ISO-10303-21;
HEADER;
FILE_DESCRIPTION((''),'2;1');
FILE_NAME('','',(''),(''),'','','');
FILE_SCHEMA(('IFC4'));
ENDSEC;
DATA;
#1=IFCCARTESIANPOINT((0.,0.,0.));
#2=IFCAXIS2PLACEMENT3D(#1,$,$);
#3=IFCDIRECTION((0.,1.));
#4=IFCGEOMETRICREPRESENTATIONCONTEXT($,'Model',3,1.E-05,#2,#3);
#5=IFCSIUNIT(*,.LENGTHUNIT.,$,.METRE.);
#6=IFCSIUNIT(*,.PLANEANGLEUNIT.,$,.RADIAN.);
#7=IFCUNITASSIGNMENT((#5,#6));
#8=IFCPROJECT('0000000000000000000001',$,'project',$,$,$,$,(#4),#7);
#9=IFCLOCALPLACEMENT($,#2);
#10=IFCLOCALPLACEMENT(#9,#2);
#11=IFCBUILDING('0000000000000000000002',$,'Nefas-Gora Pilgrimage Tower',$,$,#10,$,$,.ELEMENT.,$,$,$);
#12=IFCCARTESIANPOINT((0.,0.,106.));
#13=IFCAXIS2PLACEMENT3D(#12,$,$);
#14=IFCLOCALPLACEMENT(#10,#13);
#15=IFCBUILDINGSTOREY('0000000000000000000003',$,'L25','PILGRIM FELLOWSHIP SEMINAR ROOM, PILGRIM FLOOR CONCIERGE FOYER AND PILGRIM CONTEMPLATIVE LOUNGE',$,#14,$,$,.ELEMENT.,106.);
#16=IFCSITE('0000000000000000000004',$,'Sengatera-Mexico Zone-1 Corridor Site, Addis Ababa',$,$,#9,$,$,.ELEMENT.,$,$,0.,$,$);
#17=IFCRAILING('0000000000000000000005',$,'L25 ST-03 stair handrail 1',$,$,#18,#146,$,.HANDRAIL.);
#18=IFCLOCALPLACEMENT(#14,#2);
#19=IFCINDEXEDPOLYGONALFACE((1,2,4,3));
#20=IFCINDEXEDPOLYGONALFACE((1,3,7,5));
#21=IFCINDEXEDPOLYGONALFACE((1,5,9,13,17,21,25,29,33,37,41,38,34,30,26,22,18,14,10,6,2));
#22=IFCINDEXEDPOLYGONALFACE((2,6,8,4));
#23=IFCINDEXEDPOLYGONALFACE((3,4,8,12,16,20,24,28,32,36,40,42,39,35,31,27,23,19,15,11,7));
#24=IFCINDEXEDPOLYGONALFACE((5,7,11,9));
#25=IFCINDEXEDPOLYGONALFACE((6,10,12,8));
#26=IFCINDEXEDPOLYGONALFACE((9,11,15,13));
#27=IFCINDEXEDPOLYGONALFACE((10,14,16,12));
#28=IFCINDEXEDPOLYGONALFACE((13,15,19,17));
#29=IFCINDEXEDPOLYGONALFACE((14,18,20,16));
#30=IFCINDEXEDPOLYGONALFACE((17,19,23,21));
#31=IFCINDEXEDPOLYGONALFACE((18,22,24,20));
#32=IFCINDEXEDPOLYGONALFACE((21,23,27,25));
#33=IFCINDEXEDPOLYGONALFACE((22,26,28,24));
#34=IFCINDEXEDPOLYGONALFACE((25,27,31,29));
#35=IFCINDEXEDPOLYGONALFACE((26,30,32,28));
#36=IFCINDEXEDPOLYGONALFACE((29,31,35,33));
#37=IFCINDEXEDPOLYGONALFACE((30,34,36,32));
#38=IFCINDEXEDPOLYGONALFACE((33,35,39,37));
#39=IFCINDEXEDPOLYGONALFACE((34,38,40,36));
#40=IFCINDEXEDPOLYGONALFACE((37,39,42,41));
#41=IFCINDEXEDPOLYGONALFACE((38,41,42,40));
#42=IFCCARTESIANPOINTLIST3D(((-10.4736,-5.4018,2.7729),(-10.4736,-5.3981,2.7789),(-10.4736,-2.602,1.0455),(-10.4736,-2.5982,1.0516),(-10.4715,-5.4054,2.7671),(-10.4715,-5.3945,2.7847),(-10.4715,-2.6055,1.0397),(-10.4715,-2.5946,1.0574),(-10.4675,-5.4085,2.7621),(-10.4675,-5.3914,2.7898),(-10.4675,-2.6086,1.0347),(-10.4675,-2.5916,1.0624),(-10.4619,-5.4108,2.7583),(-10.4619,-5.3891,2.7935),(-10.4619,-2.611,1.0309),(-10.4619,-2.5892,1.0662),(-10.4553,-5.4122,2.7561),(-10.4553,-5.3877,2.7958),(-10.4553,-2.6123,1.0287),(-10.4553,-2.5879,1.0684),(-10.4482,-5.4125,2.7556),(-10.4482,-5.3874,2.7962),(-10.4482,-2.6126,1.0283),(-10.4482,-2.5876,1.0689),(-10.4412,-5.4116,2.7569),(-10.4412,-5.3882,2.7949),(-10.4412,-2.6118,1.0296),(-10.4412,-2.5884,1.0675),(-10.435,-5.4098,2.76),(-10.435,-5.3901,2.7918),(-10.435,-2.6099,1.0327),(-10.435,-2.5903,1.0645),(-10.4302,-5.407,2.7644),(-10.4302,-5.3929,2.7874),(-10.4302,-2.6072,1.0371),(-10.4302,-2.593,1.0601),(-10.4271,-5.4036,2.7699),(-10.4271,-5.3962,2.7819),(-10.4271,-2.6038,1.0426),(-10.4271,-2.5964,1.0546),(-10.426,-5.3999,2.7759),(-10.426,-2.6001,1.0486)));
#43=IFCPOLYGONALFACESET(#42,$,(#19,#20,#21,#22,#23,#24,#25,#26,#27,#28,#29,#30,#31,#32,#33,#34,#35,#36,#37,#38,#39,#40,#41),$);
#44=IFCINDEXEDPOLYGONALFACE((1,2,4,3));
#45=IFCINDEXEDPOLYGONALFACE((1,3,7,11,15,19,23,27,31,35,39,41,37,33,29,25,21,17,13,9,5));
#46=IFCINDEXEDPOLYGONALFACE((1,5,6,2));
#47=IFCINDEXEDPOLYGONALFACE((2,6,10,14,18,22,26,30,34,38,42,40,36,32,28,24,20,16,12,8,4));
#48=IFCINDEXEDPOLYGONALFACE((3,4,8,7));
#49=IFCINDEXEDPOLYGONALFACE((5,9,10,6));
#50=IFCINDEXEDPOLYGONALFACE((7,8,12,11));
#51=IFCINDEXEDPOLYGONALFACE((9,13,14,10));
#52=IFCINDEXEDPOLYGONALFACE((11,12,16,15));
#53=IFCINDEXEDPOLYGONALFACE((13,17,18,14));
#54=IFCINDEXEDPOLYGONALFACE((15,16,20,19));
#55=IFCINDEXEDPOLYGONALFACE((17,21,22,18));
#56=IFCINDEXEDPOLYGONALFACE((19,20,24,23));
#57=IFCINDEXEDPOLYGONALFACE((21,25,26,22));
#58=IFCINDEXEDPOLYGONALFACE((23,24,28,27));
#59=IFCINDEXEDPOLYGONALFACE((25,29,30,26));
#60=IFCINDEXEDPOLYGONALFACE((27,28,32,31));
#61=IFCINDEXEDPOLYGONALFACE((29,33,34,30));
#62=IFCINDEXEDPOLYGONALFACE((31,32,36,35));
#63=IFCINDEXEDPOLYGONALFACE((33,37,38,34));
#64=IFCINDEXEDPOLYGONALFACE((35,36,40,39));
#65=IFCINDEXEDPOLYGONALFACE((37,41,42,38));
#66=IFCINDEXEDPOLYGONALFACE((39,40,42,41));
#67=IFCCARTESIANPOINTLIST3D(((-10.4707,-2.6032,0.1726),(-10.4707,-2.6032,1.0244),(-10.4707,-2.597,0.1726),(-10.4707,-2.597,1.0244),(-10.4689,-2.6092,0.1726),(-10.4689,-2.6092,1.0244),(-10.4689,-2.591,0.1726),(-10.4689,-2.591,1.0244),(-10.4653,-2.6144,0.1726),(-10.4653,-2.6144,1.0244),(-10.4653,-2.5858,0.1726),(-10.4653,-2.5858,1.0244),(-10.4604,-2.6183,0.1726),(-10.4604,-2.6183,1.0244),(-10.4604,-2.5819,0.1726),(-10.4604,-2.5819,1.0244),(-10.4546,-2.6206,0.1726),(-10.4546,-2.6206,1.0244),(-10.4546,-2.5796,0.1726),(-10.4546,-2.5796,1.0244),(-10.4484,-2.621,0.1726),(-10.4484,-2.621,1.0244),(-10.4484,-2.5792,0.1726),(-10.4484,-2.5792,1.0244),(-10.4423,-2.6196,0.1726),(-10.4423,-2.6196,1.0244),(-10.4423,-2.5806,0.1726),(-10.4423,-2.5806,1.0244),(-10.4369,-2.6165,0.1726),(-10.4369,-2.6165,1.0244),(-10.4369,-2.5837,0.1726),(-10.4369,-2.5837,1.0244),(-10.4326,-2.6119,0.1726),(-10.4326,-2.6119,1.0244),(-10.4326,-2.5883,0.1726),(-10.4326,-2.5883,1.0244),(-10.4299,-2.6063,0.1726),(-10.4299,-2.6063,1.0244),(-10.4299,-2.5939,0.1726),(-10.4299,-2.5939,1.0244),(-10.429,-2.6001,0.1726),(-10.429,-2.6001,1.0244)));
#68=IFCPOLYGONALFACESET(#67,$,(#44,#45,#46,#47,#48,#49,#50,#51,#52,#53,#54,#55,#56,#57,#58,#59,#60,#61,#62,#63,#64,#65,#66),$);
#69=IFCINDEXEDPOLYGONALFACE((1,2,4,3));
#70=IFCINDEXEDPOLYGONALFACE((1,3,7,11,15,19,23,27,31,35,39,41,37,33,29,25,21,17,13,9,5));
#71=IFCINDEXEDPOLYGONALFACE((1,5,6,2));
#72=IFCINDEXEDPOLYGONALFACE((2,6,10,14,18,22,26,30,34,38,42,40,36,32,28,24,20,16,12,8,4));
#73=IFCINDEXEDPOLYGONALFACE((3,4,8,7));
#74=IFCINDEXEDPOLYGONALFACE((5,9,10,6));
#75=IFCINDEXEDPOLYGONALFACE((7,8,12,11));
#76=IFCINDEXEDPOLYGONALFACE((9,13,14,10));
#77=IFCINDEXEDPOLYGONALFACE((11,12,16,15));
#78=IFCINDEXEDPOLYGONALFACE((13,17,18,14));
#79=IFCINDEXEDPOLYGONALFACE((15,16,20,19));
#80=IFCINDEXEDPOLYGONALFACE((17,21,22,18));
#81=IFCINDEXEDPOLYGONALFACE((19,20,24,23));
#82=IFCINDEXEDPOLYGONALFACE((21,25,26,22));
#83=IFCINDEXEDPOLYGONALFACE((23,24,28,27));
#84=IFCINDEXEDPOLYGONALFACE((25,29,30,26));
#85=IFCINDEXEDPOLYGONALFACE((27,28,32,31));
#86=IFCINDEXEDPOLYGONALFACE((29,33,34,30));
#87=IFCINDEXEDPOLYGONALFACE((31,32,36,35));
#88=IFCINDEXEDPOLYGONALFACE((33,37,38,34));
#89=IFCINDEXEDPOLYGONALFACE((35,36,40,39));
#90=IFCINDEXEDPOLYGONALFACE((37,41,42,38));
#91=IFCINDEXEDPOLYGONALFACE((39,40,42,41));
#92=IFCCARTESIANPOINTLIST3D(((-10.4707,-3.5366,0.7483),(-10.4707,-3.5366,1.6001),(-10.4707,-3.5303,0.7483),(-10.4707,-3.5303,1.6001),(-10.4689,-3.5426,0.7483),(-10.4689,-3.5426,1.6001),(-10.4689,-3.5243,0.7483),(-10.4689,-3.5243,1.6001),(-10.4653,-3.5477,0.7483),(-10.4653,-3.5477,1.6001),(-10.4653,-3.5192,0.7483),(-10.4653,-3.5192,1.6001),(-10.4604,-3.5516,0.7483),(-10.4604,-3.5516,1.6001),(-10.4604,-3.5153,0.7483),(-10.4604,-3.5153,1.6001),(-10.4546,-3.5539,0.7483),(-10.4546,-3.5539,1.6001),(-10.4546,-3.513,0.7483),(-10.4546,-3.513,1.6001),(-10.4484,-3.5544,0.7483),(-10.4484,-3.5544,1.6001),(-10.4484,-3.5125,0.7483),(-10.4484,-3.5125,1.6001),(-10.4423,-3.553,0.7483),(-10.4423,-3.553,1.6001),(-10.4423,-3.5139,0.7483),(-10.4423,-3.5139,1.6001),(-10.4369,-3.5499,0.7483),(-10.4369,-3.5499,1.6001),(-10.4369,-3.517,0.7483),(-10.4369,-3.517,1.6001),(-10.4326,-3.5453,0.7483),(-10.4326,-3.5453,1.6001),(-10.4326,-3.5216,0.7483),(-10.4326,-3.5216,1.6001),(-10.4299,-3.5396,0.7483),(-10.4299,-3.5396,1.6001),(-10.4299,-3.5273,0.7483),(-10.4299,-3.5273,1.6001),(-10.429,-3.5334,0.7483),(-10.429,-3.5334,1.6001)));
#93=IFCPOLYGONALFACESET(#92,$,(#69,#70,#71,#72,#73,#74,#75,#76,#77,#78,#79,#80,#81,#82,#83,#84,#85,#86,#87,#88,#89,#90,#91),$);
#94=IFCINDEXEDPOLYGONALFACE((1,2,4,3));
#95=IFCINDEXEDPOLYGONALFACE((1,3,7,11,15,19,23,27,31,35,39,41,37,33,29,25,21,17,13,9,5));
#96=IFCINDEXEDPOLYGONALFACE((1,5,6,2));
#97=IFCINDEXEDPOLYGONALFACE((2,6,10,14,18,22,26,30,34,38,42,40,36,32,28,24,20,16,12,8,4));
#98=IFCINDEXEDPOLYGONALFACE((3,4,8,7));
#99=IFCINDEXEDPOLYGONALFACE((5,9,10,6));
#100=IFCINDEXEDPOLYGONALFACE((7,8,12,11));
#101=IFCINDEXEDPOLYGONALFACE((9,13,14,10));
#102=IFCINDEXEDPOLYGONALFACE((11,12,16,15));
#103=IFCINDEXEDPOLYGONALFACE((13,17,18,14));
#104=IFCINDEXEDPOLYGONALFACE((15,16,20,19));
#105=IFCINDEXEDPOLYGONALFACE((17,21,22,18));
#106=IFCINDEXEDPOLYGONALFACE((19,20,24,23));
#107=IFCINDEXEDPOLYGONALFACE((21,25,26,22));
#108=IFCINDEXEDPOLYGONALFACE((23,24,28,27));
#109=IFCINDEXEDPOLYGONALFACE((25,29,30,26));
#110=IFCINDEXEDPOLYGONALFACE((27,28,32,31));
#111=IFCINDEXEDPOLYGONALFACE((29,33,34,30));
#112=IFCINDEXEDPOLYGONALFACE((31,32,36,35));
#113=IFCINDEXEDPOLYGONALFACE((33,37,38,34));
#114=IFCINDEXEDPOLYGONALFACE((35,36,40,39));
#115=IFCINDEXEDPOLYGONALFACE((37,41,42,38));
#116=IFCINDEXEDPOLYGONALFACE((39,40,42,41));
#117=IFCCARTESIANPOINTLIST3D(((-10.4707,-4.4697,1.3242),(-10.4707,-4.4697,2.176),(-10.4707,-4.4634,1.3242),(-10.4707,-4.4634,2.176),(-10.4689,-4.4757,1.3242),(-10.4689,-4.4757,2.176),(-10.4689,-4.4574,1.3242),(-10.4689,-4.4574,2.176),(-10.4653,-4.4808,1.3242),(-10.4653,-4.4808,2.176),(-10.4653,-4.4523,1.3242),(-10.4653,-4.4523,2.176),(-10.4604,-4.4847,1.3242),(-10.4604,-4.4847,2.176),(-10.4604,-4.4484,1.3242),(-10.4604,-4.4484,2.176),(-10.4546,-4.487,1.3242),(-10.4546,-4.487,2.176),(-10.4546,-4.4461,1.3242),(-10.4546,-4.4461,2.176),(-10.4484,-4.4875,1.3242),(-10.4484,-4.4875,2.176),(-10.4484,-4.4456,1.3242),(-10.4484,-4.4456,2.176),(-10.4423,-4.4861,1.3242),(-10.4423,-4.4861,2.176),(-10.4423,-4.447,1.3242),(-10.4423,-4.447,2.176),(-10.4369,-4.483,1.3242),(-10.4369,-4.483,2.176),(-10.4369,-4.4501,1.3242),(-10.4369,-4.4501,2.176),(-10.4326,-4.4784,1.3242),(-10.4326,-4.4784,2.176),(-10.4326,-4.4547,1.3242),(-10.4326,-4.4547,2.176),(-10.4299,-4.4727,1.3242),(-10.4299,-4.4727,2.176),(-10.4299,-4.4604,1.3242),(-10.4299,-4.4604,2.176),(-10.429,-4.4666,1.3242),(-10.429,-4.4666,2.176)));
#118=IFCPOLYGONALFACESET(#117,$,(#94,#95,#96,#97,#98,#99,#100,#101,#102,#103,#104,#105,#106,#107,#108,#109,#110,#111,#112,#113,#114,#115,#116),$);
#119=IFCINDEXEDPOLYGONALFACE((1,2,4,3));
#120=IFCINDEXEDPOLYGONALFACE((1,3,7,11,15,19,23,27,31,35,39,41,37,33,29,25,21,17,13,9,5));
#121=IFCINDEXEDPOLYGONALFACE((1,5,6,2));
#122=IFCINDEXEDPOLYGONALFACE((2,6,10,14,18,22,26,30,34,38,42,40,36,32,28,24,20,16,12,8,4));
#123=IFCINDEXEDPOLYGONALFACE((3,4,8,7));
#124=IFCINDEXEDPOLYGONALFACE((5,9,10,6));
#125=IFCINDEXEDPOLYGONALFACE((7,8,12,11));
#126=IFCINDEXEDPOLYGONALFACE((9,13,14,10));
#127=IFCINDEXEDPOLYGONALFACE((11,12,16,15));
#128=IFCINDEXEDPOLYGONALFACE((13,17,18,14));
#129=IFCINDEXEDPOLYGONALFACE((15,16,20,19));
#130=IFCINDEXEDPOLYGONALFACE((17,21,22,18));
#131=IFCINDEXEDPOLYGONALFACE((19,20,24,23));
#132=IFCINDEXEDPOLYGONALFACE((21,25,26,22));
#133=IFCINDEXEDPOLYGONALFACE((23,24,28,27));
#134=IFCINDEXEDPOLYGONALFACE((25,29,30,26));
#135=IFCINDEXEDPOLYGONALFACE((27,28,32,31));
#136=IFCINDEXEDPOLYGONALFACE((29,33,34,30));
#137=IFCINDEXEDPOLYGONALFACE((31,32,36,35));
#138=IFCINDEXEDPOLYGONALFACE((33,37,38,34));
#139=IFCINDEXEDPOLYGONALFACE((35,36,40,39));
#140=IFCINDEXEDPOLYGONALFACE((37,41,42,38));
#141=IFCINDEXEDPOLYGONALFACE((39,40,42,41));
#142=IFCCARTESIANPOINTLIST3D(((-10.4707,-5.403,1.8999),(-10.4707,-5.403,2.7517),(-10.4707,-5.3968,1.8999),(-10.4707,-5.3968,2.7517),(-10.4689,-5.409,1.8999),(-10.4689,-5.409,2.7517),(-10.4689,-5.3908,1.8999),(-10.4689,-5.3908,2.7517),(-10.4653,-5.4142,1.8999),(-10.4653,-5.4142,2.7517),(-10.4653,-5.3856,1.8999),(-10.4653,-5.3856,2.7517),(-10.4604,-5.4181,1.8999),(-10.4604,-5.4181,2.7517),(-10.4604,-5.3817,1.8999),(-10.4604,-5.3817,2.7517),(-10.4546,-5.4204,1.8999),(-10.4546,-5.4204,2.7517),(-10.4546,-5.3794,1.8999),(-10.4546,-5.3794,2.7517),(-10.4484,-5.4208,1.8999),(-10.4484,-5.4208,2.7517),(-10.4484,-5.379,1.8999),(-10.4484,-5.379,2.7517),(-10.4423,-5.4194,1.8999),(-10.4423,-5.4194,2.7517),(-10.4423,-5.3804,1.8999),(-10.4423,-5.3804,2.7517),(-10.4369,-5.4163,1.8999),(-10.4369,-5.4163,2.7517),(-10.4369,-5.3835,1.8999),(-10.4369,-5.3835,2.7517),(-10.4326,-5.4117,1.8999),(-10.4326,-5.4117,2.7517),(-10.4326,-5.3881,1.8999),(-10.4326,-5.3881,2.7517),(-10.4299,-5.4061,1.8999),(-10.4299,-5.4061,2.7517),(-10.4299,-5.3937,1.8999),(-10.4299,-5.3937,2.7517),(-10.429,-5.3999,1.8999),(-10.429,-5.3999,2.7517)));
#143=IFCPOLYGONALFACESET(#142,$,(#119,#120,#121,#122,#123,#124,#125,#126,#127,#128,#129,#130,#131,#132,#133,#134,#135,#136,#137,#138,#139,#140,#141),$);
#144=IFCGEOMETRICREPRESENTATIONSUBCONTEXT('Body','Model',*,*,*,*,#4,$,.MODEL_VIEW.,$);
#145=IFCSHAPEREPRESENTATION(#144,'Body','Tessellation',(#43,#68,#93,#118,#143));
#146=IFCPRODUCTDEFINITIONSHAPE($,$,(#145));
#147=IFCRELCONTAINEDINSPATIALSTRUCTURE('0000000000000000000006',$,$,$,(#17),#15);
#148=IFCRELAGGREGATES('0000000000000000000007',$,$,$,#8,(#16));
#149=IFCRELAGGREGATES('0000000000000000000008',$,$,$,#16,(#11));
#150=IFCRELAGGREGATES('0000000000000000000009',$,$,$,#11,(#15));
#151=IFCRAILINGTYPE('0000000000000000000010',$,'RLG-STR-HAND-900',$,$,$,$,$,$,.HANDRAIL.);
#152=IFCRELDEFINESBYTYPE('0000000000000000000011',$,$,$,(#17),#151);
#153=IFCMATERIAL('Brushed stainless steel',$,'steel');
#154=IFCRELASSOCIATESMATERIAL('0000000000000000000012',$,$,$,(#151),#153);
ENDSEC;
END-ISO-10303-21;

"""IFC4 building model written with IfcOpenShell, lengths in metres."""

from ifc_helpers import new_model, si_unit, direction, frame, origin, origin_2d, place, context, subcontext, project, spatial, circle, extrude, material, type_object, element, save


model = new_model("IFC4")

# Units and contexts
model_context = context("Model", 3, precision=1e-05, world=origin(), true_north=direction((0.0, 1.0)))
body_context = subcontext(model_context, "Body", "Model", "MODEL_VIEW")
ifc_project = project(units=[si_unit("LENGTHUNIT", "METRE"), si_unit("PLANEANGLEUNIT", "RADIAN")], contexts=[model_context])

# Site, building, storey
site_placement = place(None, origin())
site = spatial("IfcSite", under=ifc_project, at=site_placement, Name="Sengatera-Mexico Zone-1 Corridor Site, Addis Ababa", CompositionType="ELEMENT", RefElevation=0.0)
building_placement = place(site_placement, origin())
building = spatial("IfcBuilding", under=site, at=building_placement, Name="Nefas-Gora Pilgrimage Tower", CompositionType="ELEMENT")
storey_placement = place(building_placement, frame((0.0, 0.0, 106.0)))
storey = spatial("IfcBuildingStorey", under=building, at=storey_placement, Name="L25", Description="PILGRIM FELLOWSHIP SEMINAR ROOM, PILGRIM FLOOR CONCIERGE FOYER AND PILGRIM CONTEMPLATIVE LOUNGE", CompositionType="ELEMENT", Elevation=106.0)

# Railing
ifc_material_1 = material(Name="Brushed stainless steel", Category="steel")
railing_type_1 = type_object("IfcRailingType", Name="RLG-STR-HAND-900", PredefinedType="HANDRAIL", material=ifc_material_1)
railing_1_placement = place(storey_placement, frame((-10.45, -2.6001, 0.1726)))
element("IfcRailing", 1, at=railing_1_placement, inside=storey, type_object=railing_type_1, Name="L25 ST-03 stair handrail 1", PredefinedType="HANDRAIL", context=body_context, shape_type="SweptSolid", body=[
    extrude(circle(Radius=0.0239, at=origin_2d()), frame((0.0, 0.0, 0.876), z_axis=(0.0, -0.851069, 0.525054), x_axis=(1.0, 0.0, 0.0)), (0.0, 0.0, 1.0), 3.2898),
    extrude(circle(Radius=0.021, at=origin_2d()), origin(), (0.0, 0.0, 1.0), 0.8518),
    extrude(circle(Radius=0.021, at=origin_2d()), frame((0.0, -0.9333, 0.5757)), (0.0, 0.0, 1.0), 0.8518),
    extrude(circle(Radius=0.021, at=origin_2d()), frame((0.0, -1.8665, 1.1516)), (0.0, 0.0, 1.0), 0.8518),
    extrude(circle(Radius=0.021, at=origin_2d()), frame((0.0, -2.7998, 1.7273)), (0.0, 0.0, 1.0), 0.8518),
])

save(model, "model.ifc")
